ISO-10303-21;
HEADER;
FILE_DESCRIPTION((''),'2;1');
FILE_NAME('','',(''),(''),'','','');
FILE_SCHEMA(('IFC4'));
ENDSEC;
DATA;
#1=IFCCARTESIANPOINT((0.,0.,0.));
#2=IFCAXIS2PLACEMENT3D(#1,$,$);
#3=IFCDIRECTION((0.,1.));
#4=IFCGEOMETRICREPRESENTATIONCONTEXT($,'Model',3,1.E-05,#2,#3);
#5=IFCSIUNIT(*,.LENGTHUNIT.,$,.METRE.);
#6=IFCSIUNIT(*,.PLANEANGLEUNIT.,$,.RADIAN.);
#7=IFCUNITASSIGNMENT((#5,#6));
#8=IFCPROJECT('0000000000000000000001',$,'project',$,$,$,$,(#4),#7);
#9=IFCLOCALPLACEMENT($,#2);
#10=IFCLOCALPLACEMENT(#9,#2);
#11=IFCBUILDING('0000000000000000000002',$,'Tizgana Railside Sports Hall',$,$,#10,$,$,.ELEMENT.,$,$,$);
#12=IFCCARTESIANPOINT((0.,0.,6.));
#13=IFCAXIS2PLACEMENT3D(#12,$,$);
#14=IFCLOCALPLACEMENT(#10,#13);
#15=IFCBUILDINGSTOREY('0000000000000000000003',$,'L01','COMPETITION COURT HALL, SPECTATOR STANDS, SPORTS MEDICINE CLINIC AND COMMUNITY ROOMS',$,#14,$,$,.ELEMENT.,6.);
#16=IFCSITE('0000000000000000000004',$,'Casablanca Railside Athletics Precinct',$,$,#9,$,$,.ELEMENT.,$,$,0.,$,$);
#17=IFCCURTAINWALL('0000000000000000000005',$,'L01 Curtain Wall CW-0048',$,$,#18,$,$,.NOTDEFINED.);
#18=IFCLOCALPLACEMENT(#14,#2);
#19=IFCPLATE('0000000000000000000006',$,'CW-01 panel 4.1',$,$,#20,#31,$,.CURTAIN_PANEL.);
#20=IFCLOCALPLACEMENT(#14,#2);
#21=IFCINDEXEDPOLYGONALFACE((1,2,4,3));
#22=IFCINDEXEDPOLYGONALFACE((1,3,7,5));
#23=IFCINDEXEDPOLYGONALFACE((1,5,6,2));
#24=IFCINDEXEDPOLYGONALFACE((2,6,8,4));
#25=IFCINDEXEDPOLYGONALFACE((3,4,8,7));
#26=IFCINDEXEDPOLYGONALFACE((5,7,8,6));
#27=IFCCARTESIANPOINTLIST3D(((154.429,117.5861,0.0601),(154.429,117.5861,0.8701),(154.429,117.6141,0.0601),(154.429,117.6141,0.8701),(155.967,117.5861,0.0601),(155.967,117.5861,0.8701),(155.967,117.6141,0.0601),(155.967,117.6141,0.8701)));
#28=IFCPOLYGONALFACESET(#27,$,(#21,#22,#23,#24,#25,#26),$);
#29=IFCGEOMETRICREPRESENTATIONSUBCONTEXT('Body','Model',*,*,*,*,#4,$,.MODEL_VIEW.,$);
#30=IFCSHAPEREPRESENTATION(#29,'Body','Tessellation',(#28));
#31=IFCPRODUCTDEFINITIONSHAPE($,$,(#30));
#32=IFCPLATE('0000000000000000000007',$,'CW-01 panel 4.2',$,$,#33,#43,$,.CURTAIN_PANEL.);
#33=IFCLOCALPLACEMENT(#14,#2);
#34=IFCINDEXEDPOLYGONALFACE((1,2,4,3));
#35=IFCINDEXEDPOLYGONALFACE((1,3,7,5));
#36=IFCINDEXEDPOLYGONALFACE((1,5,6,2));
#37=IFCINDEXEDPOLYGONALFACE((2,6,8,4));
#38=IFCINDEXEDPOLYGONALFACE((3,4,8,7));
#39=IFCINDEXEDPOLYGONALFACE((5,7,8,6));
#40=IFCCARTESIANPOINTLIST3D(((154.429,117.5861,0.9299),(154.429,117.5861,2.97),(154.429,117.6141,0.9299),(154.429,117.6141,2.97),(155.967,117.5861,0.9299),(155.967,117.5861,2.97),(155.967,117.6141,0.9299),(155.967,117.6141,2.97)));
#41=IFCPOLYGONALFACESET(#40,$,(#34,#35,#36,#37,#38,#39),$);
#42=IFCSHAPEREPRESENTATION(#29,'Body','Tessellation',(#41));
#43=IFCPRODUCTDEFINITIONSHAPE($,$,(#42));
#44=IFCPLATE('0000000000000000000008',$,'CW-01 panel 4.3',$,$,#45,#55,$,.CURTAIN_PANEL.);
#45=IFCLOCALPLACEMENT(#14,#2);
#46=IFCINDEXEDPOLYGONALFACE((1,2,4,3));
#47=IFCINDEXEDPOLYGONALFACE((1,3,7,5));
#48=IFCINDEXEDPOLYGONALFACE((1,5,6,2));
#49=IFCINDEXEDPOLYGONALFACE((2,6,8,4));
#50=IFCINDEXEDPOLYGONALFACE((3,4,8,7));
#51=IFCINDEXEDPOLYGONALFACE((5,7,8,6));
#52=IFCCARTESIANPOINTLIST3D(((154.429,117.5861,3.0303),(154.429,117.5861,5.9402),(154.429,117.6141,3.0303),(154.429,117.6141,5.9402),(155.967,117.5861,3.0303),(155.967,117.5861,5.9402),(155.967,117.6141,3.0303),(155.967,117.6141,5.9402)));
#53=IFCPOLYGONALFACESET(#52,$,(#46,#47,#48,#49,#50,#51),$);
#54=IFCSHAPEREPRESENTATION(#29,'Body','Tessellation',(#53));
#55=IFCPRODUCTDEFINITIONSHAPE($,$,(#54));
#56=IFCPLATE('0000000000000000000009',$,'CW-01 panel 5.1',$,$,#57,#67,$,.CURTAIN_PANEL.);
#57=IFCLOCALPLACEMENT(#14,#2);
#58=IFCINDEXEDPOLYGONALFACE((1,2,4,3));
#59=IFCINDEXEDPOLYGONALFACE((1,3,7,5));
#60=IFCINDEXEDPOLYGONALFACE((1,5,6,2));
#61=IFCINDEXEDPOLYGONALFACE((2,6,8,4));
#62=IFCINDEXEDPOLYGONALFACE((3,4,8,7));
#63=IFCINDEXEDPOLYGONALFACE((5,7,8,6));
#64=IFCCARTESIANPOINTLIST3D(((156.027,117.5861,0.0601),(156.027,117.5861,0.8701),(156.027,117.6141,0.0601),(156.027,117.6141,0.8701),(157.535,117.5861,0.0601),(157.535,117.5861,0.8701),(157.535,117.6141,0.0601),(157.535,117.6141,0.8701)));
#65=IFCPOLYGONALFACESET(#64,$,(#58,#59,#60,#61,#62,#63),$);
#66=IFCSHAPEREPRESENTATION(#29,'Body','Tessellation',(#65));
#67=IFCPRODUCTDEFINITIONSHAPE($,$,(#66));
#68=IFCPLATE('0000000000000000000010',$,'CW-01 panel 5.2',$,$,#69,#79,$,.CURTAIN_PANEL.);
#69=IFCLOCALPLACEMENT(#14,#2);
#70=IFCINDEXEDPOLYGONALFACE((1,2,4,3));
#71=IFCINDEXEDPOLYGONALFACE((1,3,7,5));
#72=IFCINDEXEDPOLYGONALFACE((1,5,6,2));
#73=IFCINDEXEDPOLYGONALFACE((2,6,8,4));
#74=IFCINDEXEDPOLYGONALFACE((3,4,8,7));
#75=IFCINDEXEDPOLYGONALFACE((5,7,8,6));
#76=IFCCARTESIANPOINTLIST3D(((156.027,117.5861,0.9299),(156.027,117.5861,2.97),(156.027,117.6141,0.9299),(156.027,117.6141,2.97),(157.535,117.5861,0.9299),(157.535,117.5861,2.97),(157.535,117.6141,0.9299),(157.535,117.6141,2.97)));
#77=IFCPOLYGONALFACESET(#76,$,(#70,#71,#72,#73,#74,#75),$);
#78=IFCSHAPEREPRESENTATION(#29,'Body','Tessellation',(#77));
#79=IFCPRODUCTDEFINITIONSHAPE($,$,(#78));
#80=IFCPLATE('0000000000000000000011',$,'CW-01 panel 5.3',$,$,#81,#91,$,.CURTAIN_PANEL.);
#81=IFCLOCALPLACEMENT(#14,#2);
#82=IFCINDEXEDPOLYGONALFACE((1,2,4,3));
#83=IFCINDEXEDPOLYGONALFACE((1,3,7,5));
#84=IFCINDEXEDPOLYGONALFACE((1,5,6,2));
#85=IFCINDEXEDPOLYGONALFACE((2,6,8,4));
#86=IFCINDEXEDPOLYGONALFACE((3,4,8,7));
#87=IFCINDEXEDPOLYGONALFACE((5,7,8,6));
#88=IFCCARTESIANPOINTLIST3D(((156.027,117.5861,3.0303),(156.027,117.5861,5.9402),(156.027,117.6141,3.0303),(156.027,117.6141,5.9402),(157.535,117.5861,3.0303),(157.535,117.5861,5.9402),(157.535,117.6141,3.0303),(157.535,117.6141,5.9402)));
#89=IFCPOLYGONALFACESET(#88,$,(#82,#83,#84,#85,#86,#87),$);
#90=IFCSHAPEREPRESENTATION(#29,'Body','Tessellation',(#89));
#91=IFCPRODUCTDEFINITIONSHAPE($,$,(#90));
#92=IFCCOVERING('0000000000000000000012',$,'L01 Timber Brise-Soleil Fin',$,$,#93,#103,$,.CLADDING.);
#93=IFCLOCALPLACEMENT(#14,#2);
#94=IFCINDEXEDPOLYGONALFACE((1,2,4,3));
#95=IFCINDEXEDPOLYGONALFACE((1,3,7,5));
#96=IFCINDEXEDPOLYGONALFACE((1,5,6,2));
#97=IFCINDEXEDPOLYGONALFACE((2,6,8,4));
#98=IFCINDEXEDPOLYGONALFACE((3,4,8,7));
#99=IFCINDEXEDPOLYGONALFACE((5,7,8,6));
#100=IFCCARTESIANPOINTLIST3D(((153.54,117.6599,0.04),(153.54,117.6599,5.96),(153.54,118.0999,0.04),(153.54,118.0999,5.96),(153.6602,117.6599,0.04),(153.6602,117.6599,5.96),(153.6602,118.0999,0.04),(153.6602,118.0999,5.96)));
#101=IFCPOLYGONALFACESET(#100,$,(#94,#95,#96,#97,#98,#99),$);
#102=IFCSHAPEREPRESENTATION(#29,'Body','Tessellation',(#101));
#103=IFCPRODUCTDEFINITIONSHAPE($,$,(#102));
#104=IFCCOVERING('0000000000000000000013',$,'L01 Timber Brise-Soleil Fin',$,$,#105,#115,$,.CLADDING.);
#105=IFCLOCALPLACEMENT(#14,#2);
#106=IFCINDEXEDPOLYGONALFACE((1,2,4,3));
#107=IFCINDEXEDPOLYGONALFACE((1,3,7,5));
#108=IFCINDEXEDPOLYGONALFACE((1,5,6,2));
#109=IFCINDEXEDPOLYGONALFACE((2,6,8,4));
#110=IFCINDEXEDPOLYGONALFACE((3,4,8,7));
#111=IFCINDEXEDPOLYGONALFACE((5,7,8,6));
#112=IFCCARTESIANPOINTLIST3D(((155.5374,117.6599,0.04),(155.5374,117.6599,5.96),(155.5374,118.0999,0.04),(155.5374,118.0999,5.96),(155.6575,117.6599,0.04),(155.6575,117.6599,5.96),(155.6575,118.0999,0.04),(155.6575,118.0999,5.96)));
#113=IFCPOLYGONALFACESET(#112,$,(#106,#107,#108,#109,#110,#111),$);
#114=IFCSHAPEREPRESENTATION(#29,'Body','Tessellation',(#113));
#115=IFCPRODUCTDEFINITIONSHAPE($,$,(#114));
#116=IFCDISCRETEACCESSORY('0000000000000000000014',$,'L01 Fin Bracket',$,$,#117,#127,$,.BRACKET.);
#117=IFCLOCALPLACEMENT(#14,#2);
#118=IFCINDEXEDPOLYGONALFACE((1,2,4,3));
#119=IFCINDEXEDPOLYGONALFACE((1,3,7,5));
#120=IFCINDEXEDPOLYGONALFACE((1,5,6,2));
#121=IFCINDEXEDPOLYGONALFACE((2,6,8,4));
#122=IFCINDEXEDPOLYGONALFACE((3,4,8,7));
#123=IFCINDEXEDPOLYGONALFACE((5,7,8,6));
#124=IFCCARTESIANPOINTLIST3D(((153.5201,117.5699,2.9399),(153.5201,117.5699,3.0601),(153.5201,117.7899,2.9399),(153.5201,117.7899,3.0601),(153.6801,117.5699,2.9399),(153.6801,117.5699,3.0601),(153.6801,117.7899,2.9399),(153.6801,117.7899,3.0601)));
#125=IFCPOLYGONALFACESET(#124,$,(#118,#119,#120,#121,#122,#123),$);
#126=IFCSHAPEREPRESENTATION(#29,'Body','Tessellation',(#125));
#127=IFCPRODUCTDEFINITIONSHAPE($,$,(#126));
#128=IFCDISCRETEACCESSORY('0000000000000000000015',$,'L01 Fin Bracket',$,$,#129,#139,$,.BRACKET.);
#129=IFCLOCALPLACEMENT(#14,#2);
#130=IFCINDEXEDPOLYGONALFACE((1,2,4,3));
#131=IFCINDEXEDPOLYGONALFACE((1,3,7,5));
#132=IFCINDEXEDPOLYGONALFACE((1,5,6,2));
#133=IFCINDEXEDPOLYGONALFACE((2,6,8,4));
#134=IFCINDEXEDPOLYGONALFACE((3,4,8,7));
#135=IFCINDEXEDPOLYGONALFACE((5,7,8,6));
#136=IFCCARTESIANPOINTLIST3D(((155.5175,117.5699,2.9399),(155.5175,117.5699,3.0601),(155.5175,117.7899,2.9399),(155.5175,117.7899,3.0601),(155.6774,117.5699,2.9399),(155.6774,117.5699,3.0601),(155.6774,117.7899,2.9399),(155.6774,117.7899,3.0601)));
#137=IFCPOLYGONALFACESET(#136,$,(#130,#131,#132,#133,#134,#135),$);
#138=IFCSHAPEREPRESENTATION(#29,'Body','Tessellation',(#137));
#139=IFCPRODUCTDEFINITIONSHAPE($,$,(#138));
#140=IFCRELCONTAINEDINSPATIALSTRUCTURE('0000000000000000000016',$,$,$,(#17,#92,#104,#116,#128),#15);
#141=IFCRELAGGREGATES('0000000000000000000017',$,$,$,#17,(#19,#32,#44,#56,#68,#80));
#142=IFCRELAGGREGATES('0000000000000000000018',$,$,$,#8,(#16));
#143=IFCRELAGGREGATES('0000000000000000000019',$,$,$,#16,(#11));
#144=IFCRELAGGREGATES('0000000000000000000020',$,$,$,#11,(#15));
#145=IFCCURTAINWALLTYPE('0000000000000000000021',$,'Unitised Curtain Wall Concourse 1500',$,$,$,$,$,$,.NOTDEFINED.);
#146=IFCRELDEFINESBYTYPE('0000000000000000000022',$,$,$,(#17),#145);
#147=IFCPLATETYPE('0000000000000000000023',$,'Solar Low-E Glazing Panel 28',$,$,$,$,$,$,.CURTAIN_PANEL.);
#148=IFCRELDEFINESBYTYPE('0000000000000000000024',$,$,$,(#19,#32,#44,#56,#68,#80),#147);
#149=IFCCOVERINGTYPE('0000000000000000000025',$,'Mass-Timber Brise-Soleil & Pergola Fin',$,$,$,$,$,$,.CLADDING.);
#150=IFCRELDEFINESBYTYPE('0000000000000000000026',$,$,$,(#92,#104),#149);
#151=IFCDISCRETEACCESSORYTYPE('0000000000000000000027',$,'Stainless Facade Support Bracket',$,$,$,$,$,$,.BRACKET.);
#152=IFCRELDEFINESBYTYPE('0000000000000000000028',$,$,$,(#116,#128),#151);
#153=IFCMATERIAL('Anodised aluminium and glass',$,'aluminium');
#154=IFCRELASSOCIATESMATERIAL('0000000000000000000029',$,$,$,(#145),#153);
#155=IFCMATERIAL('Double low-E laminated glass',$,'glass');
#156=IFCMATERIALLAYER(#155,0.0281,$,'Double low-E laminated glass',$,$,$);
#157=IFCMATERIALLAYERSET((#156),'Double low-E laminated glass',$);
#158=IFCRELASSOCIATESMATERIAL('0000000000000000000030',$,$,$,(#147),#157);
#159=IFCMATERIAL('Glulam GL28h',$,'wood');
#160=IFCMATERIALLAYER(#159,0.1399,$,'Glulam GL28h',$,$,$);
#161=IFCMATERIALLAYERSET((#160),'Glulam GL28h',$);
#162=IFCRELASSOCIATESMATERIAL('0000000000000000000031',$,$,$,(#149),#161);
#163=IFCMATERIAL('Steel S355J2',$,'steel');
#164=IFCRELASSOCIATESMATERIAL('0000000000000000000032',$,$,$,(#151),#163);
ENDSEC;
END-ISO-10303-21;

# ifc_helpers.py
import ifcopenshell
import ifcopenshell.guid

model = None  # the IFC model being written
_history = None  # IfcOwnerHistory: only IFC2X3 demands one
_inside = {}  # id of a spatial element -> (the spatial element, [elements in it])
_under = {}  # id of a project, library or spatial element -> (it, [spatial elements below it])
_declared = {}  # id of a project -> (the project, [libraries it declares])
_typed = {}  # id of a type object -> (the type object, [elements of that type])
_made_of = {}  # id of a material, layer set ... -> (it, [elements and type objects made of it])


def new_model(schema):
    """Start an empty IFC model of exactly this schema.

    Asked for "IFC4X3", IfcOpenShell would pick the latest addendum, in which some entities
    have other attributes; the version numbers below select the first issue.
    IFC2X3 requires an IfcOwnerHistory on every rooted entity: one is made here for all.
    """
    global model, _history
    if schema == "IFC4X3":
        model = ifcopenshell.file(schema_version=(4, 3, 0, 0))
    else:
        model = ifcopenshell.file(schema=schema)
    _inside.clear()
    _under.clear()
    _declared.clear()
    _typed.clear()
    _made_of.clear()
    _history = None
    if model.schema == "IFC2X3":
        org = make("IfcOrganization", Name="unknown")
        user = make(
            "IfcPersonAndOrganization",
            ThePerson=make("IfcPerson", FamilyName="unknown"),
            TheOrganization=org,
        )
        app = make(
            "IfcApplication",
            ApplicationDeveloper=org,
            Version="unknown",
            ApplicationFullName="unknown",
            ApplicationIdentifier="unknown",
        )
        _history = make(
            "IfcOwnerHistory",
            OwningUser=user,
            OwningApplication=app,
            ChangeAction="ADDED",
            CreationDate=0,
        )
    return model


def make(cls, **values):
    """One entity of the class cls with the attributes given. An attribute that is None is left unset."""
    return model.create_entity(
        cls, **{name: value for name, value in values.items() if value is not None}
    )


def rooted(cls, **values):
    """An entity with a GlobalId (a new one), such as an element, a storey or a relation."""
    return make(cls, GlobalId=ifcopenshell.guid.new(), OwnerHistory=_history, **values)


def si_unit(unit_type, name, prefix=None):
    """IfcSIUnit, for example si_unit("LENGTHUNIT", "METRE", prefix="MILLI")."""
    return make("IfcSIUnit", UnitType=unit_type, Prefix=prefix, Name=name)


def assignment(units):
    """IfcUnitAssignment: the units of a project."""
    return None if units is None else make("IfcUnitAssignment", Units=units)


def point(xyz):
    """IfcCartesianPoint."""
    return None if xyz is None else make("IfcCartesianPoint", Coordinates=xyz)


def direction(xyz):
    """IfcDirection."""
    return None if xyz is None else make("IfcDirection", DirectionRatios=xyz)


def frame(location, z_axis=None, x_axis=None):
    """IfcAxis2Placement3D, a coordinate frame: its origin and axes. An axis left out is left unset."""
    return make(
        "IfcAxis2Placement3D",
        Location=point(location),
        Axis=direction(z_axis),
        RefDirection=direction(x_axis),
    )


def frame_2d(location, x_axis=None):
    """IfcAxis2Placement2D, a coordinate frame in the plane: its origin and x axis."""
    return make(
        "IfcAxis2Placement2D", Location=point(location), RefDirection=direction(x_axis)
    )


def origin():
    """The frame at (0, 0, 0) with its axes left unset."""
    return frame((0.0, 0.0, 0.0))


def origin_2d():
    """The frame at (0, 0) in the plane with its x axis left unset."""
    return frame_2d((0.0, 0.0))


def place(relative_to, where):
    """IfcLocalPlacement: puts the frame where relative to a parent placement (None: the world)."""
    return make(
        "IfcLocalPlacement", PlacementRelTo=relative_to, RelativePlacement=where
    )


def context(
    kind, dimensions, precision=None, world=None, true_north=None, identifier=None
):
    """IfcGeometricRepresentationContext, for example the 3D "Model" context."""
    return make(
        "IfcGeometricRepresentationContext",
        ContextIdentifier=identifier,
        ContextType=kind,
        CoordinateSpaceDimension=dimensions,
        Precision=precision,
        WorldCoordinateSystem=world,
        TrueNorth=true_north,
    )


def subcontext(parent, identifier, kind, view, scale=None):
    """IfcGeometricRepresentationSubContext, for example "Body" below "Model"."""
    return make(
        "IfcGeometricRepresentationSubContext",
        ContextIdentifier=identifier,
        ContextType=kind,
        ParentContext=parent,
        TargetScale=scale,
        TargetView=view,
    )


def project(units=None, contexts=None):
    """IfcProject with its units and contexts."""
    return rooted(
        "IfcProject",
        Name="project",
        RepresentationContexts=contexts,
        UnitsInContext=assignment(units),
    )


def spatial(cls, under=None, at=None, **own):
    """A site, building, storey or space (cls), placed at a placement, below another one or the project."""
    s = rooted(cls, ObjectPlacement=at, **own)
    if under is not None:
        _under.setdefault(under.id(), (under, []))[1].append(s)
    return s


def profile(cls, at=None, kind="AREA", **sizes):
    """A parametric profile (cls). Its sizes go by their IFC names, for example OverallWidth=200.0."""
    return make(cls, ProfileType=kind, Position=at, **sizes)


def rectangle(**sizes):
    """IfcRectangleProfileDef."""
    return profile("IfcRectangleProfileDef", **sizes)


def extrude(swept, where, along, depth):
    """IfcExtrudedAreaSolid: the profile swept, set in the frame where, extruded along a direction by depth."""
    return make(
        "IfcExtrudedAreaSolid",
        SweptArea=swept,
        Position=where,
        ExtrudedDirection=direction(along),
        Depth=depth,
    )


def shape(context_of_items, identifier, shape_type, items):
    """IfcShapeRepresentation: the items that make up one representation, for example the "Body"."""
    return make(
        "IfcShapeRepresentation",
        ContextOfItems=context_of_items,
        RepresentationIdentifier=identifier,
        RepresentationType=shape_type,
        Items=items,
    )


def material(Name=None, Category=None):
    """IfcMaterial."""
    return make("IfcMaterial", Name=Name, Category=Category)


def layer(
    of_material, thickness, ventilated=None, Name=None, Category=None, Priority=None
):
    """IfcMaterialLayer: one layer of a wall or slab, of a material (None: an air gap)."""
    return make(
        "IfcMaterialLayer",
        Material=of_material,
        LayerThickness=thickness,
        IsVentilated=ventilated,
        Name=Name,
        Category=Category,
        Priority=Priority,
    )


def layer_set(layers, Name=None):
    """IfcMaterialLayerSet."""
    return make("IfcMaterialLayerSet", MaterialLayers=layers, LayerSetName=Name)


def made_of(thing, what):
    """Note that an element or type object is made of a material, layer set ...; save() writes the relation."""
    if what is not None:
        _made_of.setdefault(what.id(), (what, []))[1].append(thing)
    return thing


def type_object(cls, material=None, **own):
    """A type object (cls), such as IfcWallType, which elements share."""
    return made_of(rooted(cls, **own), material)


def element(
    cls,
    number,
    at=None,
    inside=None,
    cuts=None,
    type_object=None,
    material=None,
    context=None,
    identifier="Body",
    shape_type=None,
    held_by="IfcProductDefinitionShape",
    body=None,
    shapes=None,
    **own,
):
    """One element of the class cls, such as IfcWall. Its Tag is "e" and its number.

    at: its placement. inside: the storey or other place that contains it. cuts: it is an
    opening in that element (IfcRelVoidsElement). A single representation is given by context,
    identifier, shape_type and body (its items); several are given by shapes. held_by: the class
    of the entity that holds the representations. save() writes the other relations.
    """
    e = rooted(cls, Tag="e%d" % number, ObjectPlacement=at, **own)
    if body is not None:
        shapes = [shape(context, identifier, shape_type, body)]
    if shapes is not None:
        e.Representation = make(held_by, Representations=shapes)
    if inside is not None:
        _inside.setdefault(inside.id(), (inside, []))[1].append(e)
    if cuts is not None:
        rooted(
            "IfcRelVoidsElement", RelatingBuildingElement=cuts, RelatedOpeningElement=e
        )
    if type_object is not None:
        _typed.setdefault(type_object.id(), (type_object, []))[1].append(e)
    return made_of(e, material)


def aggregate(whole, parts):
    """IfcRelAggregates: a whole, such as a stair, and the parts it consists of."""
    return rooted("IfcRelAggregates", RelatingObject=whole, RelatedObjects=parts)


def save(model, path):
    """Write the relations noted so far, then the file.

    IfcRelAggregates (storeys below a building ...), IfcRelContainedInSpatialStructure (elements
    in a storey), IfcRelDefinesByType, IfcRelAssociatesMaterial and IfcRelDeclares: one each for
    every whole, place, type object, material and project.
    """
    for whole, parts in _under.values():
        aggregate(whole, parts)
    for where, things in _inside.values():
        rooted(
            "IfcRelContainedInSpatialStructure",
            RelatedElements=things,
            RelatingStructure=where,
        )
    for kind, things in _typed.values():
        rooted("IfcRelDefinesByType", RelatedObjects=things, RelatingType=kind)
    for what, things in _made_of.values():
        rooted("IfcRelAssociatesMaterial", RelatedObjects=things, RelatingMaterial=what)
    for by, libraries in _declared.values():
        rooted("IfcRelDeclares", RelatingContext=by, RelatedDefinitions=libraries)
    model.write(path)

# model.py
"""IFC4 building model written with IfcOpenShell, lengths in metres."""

from ifc_helpers import new_model, si_unit, direction, frame, origin, origin_2d, place, context, subcontext, project, spatial, rectangle, extrude, material, layer, layer_set, type_object, element, aggregate, save


model = new_model("IFC4")

# Units and contexts
model_context = context("Model", 3, precision=1e-05, world=origin(), true_north=direction((0.0, 1.0)))
body_context = subcontext(model_context, "Body", "Model", "MODEL_VIEW")
ifc_project = project(units=[si_unit("LENGTHUNIT", "METRE"), si_unit("PLANEANGLEUNIT", "RADIAN")], contexts=[model_context])

# Site, building, storey
site_placement = place(None, origin())
site = spatial("IfcSite", under=ifc_project, at=site_placement, Name="Casablanca Railside Athletics Precinct", CompositionType="ELEMENT", RefElevation=0.0)
building_placement = place(site_placement, origin())
building = spatial("IfcBuilding", under=site, at=building_placement, Name="Tizgana Railside Sports Hall", CompositionType="ELEMENT")
storey_placement = place(building_placement, frame((0.0, 0.0, 6.0)))
storey = spatial("IfcBuildingStorey", under=building, at=storey_placement, Name="L01", Description="COMPETITION COURT HALL, SPECTATOR STANDS, SPORTS MEDICINE CLINIC AND COMMUNITY ROOMS", CompositionType="ELEMENT", Elevation=6.0)

# Shared definitions
ifc_material_1 = material(Name="Steel S355J2", Category="steel")

# Curtain wall
ifc_material_2 = material(Name="Anodised aluminium and glass", Category="aluminium")
curtain_wall_type_1 = type_object("IfcCurtainWallType", Name="Unitised Curtain Wall Concourse 1500", PredefinedType="NOTDEFINED", material=ifc_material_2)
curtain_wall_1_placement = place(storey_placement, origin())
curtain_wall_1 = element("IfcCurtainWall", 1, at=curtain_wall_1_placement, inside=storey, type_object=curtain_wall_type_1, Name="L01 Curtain Wall CW-0048", PredefinedType="NOTDEFINED")

# Plates
ifc_material_3 = material(Name="Double low-E laminated glass", Category="glass")
ifc_layer_1 = layer(ifc_material_3, 0.0281, Name="Double low-E laminated glass")
ifc_layer_set_1 = layer_set([ifc_layer_1], Name="Double low-E laminated glass")
plate_type_1 = type_object("IfcPlateType", Name="Solar Low-E Glazing Panel 28", PredefinedType="CURTAIN_PANEL", material=ifc_layer_set_1)
plate_1_placement = place(storey_placement, frame((155.198, 117.6001, 0.0601), z_axis=(0.0, 0.0, 1.0), x_axis=(1.0, 0.0, 0.0)))
plate_1 = element("IfcPlate", 2, at=plate_1_placement, type_object=plate_type_1, Name="CW-01 panel 4.1", PredefinedType="CURTAIN_PANEL", context=body_context, shape_type="SweptSolid", body=[
    extrude(rectangle(XDim=1.5381, YDim=0.0281, at=origin_2d()), origin(), (0.0, 0.0, 1.0), 0.8101),
])
plate_2_placement = place(storey_placement, frame((155.198, 117.6001, 0.9299), z_axis=(0.0, 0.0, 1.0), x_axis=(1.0, 0.0, 0.0)))
plate_2 = element("IfcPlate", 3, at=plate_2_placement, type_object=plate_type_1, Name="CW-01 panel 4.2", PredefinedType="CURTAIN_PANEL", context=body_context, shape_type="SweptSolid", body=[
    extrude(rectangle(XDim=1.5381, YDim=0.0281, at=origin_2d()), origin(), (0.0, 0.0, 1.0), 2.04),
])
plate_3_placement = place(storey_placement, frame((155.198, 117.6001, 3.0303), z_axis=(0.0, 0.0, 1.0), x_axis=(1.0, 0.0, 0.0)))
plate_3 = element("IfcPlate", 4, at=plate_3_placement, type_object=plate_type_1, Name="CW-01 panel 4.3", PredefinedType="CURTAIN_PANEL", context=body_context, shape_type="SweptSolid", body=[
    extrude(rectangle(XDim=1.5381, YDim=0.0281, at=origin_2d()), origin(), (0.0, 0.0, 1.0), 2.9099),
])
plate_4_placement = place(storey_placement, frame((156.781, 117.6001, 0.0601), z_axis=(0.0, 0.0, 1.0), x_axis=(1.0, 0.0, 0.0)))
plate_4 = element("IfcPlate", 5, at=plate_4_placement, type_object=plate_type_1, Name="CW-01 panel 5.1", PredefinedType="CURTAIN_PANEL", context=body_context, shape_type="SweptSolid", body=[
    extrude(rectangle(XDim=1.5081, YDim=0.0281, at=origin_2d()), origin(), (0.0, 0.0, 1.0), 0.8101),
])
plate_5_placement = place(storey_placement, frame((156.781, 117.6001, 0.9299), z_axis=(0.0, 0.0, 1.0), x_axis=(1.0, 0.0, 0.0)))
plate_5 = element("IfcPlate", 6, at=plate_5_placement, type_object=plate_type_1, Name="CW-01 panel 5.2", PredefinedType="CURTAIN_PANEL", context=body_context, shape_type="SweptSolid", body=[
    extrude(rectangle(XDim=1.5081, YDim=0.0281, at=origin_2d()), origin(), (0.0, 0.0, 1.0), 2.04),
])
plate_6_placement = place(storey_placement, frame((156.781, 117.6001, 3.0303), z_axis=(0.0, 0.0, 1.0), x_axis=(1.0, 0.0, 0.0)))
plate_6 = element("IfcPlate", 7, at=plate_6_placement, type_object=plate_type_1, Name="CW-01 panel 5.3", PredefinedType="CURTAIN_PANEL", context=body_context, shape_type="SweptSolid", body=[
    extrude(rectangle(XDim=1.5081, YDim=0.0281, at=origin_2d()), origin(), (0.0, 0.0, 1.0), 2.9099),
])
aggregate(curtain_wall_1, [plate_1, plate_2, plate_3, plate_4, plate_5, plate_6])

# Coverings
ifc_material_4 = material(Name="Glulam GL28h", Category="wood")
ifc_layer_2 = layer(ifc_material_4, 0.1399, Name="Glulam GL28h")
ifc_layer_set_2 = layer_set([ifc_layer_2], Name="Glulam GL28h")
covering_type = type_object("IfcCoveringType", Name="Mass-Timber Brise-Soleil & Pergola Fin", PredefinedType="CLADDING", material=ifc_layer_set_2)
for number, where, z_axis, x_axis, name in (
    (8, (153.6001, 117.8799, 0.04), (0.0, 0.0, 1.0), (1.0, 0.0, 0.0), "L01 Timber Brise-Soleil Fin"),
    (9, (155.5974, 117.8799, 0.04), (0.0, 0.0, 1.0), (1.0, 0.0, 0.0), "L01 Timber Brise-Soleil Fin"),
):
    element("IfcCovering", number, at=place(storey_placement, frame(where, z_axis=z_axis, x_axis=x_axis)), inside=storey, type_object=covering_type, Name=name, PredefinedType="CLADDING", context=body_context, shape_type="SweptSolid", body=[
        extrude(rectangle(XDim=0.1201, YDim=0.4399, at=origin_2d()), origin(), (0.0, 0.0, 1.0), 5.9199),
    ])

# Discrete accessories
discrete_accessory_type = type_object("IfcDiscreteAccessoryType", Name="Stainless Facade Support Bracket", PredefinedType="BRACKET", material=ifc_material_1)
for number, where, z_axis, x_axis, name in (
    (10, (153.6001, 117.6799, 2.9399), (0.0, 0.0, 1.0), (1.0, 0.0, 0.0), "L01 Fin Bracket"),
    (11, (155.5974, 117.6799, 2.9399), (0.0, 0.0, 1.0), (1.0, 0.0, 0.0), "L01 Fin Bracket"),
):
    element("IfcDiscreteAccessory", number, at=place(storey_placement, frame(where, z_axis=z_axis, x_axis=x_axis)), inside=storey, type_object=discrete_accessory_type, Name=name, PredefinedType="BRACKET", context=body_context, shape_type="SweptSolid", body=[
        extrude(rectangle(XDim=0.1599, YDim=0.22, at=origin_2d()), origin(), (0.0, 0.0, 1.0), 0.1201),
    ])

save(model, "model.ifc")
